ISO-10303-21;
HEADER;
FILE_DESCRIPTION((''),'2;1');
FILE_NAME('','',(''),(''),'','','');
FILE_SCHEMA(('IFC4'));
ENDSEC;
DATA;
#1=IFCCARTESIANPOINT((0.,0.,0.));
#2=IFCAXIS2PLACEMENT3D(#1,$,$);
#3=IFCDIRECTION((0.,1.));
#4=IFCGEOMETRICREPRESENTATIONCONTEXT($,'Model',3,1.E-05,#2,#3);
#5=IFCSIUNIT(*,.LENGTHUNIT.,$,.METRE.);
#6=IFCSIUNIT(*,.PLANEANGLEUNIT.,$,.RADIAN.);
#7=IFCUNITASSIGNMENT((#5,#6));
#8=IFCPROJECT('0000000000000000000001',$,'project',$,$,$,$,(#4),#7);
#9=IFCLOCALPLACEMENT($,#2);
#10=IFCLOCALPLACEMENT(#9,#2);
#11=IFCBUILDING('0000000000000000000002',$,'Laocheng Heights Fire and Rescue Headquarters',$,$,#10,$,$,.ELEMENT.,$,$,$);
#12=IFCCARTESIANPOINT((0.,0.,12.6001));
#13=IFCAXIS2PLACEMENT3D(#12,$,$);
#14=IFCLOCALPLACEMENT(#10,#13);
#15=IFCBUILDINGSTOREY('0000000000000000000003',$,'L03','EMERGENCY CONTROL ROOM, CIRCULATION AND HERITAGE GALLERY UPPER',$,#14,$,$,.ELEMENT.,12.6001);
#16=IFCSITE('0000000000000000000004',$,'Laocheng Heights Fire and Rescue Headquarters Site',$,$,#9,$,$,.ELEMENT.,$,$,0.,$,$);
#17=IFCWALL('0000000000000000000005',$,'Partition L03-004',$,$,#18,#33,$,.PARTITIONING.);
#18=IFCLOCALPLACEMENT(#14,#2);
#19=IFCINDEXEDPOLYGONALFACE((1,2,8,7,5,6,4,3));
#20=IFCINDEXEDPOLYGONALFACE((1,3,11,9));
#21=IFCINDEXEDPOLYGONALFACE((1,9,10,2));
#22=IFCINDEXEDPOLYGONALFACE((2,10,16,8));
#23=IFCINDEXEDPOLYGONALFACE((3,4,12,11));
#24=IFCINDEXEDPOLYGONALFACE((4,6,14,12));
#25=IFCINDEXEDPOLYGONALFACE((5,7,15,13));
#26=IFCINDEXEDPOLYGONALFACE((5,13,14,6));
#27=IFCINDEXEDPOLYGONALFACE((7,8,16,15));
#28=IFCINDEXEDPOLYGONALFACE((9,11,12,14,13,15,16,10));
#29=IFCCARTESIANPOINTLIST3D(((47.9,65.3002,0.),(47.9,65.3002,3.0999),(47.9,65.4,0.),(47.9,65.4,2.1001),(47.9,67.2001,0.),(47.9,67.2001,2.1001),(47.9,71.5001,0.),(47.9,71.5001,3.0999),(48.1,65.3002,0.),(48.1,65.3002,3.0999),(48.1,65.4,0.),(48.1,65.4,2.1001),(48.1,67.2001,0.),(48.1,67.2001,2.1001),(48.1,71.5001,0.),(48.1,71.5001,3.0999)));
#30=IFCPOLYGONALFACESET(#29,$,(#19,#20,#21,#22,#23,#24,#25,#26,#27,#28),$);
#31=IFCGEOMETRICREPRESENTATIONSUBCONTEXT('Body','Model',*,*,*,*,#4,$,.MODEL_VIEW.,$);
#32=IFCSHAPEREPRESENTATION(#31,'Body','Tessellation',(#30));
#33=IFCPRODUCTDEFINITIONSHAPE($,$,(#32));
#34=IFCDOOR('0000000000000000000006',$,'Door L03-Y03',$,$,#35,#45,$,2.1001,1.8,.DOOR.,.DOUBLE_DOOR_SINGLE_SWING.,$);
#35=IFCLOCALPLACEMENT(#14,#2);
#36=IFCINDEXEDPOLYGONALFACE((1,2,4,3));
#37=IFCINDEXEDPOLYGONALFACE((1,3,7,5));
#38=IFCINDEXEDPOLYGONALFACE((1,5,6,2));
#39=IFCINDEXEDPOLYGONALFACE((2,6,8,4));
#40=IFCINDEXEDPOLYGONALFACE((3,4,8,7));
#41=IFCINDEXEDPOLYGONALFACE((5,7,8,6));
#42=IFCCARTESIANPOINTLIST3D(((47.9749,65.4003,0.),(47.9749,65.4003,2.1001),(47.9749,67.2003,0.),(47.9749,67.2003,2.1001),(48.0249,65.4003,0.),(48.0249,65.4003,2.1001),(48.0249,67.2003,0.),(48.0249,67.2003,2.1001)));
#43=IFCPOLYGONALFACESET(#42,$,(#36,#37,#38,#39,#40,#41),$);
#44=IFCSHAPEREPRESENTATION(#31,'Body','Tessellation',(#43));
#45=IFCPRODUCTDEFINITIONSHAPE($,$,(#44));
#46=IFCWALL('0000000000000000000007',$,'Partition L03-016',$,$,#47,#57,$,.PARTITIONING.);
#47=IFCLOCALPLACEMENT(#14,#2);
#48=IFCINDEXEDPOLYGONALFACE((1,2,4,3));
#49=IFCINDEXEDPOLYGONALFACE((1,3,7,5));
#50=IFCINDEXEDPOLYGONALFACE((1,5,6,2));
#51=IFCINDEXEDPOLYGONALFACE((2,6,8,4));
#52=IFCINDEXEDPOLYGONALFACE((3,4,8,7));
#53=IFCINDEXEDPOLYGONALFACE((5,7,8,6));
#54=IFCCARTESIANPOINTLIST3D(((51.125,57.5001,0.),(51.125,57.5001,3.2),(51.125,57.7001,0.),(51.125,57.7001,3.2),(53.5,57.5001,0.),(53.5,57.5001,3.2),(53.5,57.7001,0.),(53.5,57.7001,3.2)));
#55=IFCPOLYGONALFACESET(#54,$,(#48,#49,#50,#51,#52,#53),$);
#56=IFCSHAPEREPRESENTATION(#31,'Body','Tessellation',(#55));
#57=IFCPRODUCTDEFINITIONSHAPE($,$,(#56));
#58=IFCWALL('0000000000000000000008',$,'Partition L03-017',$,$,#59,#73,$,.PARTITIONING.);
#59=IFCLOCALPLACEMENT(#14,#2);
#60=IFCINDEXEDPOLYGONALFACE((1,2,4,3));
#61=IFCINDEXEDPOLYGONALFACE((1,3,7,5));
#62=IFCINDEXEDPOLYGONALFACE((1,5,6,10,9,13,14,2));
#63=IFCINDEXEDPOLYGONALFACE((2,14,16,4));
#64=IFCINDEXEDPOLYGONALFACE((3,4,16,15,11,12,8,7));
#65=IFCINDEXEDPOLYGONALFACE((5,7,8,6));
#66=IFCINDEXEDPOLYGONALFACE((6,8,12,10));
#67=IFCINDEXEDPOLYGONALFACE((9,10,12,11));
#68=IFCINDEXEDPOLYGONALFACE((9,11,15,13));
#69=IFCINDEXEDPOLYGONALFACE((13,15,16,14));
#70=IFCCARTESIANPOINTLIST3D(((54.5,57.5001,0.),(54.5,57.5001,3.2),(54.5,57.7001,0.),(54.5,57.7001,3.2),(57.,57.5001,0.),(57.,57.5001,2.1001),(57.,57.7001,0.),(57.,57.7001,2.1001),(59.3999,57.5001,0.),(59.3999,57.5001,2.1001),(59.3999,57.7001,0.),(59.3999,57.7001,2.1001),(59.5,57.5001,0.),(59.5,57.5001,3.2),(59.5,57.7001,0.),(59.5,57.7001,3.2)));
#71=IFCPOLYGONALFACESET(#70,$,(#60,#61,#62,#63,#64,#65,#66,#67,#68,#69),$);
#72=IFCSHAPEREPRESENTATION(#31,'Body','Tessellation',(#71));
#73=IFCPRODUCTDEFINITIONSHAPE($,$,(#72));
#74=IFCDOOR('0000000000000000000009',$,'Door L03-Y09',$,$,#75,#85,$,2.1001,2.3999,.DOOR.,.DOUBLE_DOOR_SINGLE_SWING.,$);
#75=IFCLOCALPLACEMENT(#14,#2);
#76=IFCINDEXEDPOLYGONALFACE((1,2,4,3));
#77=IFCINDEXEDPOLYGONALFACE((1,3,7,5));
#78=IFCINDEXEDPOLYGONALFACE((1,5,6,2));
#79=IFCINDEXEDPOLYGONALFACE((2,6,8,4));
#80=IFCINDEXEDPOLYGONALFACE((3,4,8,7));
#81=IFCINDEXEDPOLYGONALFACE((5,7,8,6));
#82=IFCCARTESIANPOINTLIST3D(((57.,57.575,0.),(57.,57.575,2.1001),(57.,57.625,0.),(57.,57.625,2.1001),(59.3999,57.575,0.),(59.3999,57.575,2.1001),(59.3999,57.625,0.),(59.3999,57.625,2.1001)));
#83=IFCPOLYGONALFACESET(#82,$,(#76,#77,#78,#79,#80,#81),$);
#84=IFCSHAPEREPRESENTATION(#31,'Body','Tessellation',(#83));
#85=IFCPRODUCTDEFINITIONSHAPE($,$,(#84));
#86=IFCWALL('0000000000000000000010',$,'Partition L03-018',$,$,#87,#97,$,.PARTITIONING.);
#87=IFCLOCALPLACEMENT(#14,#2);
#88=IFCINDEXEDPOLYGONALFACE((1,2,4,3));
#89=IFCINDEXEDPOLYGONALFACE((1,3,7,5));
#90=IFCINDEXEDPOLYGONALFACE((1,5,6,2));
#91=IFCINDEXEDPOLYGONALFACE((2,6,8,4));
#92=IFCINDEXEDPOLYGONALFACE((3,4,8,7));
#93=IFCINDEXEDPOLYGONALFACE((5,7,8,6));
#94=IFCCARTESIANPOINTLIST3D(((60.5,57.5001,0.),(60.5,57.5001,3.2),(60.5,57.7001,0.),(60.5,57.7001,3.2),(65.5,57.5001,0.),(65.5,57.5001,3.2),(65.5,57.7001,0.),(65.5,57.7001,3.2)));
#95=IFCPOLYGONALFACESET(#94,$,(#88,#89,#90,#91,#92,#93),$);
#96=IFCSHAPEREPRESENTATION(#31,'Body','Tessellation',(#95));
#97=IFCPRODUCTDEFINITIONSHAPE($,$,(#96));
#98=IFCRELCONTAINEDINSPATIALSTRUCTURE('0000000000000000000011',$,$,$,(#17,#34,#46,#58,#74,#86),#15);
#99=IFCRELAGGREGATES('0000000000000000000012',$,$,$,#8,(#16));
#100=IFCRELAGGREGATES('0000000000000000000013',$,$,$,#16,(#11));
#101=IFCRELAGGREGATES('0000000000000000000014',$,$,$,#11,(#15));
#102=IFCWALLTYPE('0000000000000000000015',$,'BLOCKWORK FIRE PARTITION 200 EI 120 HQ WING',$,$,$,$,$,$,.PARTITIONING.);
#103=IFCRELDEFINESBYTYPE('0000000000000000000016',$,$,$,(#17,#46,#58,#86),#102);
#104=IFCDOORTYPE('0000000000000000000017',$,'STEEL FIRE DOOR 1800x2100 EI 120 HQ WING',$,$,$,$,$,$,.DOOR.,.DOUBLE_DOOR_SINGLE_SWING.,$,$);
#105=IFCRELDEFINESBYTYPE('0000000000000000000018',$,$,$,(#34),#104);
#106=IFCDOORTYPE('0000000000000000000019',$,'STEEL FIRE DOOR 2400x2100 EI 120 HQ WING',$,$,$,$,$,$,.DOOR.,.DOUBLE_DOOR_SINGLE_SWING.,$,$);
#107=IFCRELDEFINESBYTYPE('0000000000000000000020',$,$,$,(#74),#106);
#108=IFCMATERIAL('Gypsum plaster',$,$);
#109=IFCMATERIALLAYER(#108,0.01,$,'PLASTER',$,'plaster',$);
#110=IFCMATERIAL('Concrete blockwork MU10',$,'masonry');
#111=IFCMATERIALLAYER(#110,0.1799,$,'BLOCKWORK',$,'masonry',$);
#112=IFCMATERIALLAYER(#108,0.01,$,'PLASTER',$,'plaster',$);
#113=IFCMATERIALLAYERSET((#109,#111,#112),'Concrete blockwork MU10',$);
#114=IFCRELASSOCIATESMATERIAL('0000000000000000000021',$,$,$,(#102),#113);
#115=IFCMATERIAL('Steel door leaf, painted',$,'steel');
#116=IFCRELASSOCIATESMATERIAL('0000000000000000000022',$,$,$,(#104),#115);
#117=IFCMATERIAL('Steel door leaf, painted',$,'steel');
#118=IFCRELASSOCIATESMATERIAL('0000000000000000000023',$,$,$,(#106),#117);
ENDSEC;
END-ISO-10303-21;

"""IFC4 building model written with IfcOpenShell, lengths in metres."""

from ifc_helpers import new_model, si_unit, direction, frame, frame_2d, origin, place, context, subcontext, project, spatial, rectangle, extrude, material, layer, layer_set, type_object, element, fill, save


model = new_model("IFC4")

# Units and contexts
model_context = context("Model", 3, precision=1e-05, world=origin(), true_north=direction((0.0, 1.0)))
body_context = subcontext(model_context, "Body", "Model", "MODEL_VIEW")
ifc_project = project(units=[si_unit("LENGTHUNIT", "METRE"), si_unit("PLANEANGLEUNIT", "RADIAN")], contexts=[model_context])

# Site, building, storey
site_placement = place(None, origin())
site = spatial("IfcSite", under=ifc_project, at=site_placement, Name="Laocheng Heights Fire and Rescue Headquarters Site", CompositionType="ELEMENT", RefElevation=0.0)
building_placement = place(site_placement, origin())
building = spatial("IfcBuilding", under=site, at=building_placement, Name="Laocheng Heights Fire and Rescue Headquarters", CompositionType="ELEMENT")
storey_placement = place(building_placement, frame((0.0, 0.0, 12.6001)))
storey = spatial("IfcBuildingStorey", under=building, at=storey_placement, Name="L03", Description="EMERGENCY CONTROL ROOM, CIRCULATION AND HERITAGE GALLERY UPPER", CompositionType="ELEMENT", Elevation=12.6001)

# Wall, opening, door
ifc_material_1 = material(Name="Gypsum plaster")
ifc_layer_1 = layer(ifc_material_1, 0.01, Name="PLASTER", Category="plaster")
ifc_material_2 = material(Name="Concrete blockwork MU10", Category="masonry")
ifc_layer_2 = layer(ifc_material_2, 0.1799, Name="BLOCKWORK", Category="masonry")
ifc_layer_3 = layer(ifc_material_1, 0.01, Name="PLASTER", Category="plaster")
ifc_layer_set_1 = layer_set([ifc_layer_1, ifc_layer_2, ifc_layer_3], Name="Concrete blockwork MU10")
wall_type_1 = type_object("IfcWallType", Name="BLOCKWORK FIRE PARTITION 200 EI 120 HQ WING", PredefinedType="PARTITIONING", material=ifc_layer_set_1)
wall_1_placement = place(storey_placement, frame((48.0, 65.3, 0.0), z_axis=(0.0, 0.0, 1.0), x_axis=(0.0, 1.0, 0.0)))
wall_1 = element("IfcWall", 1, at=wall_1_placement, inside=storey, type_object=wall_type_1, Name="Partition L03-004", PredefinedType="PARTITIONING", context=body_context, shape_type="SweptSolid", body=[
    extrude(rectangle(XDim=6.2, YDim=0.2, at=frame_2d((3.1001, 0.0))), origin(), (0.0, 0.0, 1.0), 3.0999),
])
opening_1_placement = place(wall_1_placement, frame((0.1001, 0.0, 0.0)))
opening_1 = element("IfcOpeningElement", 2, at=opening_1_placement, cuts=wall_1, PredefinedType="OPENING", context=body_context, shape_type="SweptSolid", body=[
    extrude(rectangle(XDim=1.8, YDim=2.1001, at=frame_2d((0.8999, 1.05))), frame((0.0, 0.1099, 0.0), z_axis=(0.0, -1.0, 0.0), x_axis=(1.0, 0.0, 0.0)), (0.0, 0.0, 1.0), 0.22),
])
ifc_material_3 = material(Name="Steel door leaf, painted", Category="steel")
door_type_1 = type_object("IfcDoorType", Name="STEEL FIRE DOOR 1800x2100 EI 120 HQ WING", OperationType="DOUBLE_DOOR_SINGLE_SWING", PredefinedType="DOOR", material=ifc_material_3)
door_1_placement = place(opening_1_placement, frame((1.8, 0.0, 0.0), z_axis=(0.0, 0.0, 1.0), x_axis=(-1.0, 0.0, 0.0)))
door_1 = element("IfcDoor", 3, at=door_1_placement, inside=storey, type_object=door_type_1, Name="Door L03-Y03", OperationType="DOUBLE_DOOR_SINGLE_SWING", OverallHeight=2.1001, OverallWidth=1.8, PredefinedType="DOOR", context=body_context, shape_type="SweptSolid", body=[
    extrude(rectangle(XDim=1.8, YDim=2.1001, at=frame_2d((0.8999, 1.05))), frame((0.0, 0.0249, 0.0), z_axis=(0.0, -1.0, 0.0), x_axis=(1.0, 0.0, 0.0)), (0.0, 0.0, 1.0), 0.05),
])
fill(opening_1, door_1)

# Wall
wall_2_placement = place(storey_placement, frame((51.125, 57.6001, 0.0), z_axis=(0.0, 0.0, 1.0), x_axis=(1.0, 0.0, 0.0)))
element("IfcWall", 4, at=wall_2_placement, inside=storey, type_object=wall_type_1, Name="Partition L03-016", PredefinedType="PARTITIONING", context=body_context, shape_type="SweptSolid", body=[
    extrude(rectangle(XDim=2.375, YDim=0.2, at=frame_2d((1.1875, 0.0))), origin(), (0.0, 0.0, 1.0), 3.2),
])

# Wall, opening, door
wall_3_placement = place(storey_placement, frame((54.5, 57.6001, 0.0), z_axis=(0.0, 0.0, 1.0), x_axis=(1.0, 0.0, 0.0)))
wall_3 = element("IfcWall", 5, at=wall_3_placement, inside=storey, type_object=wall_type_1, Name="Partition L03-017", PredefinedType="PARTITIONING", context=body_context, shape_type="SweptSolid", body=[
    extrude(rectangle(XDim=5.0, YDim=0.2, at=frame_2d((2.5, 0.0))), origin(), (0.0, 0.0, 1.0), 3.2),
])
opening_2_placement = place(wall_3_placement, frame((2.5, 0.0, 0.0)))
opening_2 = element("IfcOpeningElement", 6, at=opening_2_placement, cuts=wall_3, PredefinedType="OPENING", context=body_context, shape_type="SweptSolid", body=[
    extrude(rectangle(XDim=2.3999, YDim=2.1001, at=frame_2d((1.2, 1.05))), frame((0.0, 0.1099, 0.0), z_axis=(0.0, -1.0, 0.0), x_axis=(1.0, 0.0, 0.0)), (0.0, 0.0, 1.0), 0.22),
])
ifc_material_4 = material(Name="Steel door leaf, painted", Category="steel")
door_type_2 = type_object("IfcDoorType", Name="STEEL FIRE DOOR 2400x2100 EI 120 HQ WING", OperationType="DOUBLE_DOOR_SINGLE_SWING", PredefinedType="DOOR", material=ifc_material_4)
door_2_placement = place(opening_2_placement, origin())
door_2 = element("IfcDoor", 7, at=door_2_placement, inside=storey, type_object=door_type_2, Name="Door L03-Y09", OperationType="DOUBLE_DOOR_SINGLE_SWING", OverallHeight=2.1001, OverallWidth=2.3999, PredefinedType="DOOR", context=body_context, shape_type="SweptSolid", body=[
    extrude(rectangle(XDim=2.3999, YDim=2.1001, at=frame_2d((1.2, 1.05))), frame((0.0, 0.0249, 0.0), z_axis=(0.0, -1.0, 0.0), x_axis=(1.0, 0.0, 0.0)), (0.0, 0.0, 1.0), 0.05),
])
fill(opening_2, door_2)

# Wall
wall_4_placement = place(storey_placement, frame((60.5, 57.6001, 0.0), z_axis=(0.0, 0.0, 1.0), x_axis=(1.0, 0.0, 0.0)))
element("IfcWall", 8, at=wall_4_placement, inside=storey, type_object=wall_type_1, Name="Partition L03-018", PredefinedType="PARTITIONING", context=body_context, shape_type="SweptSolid", body=[
    extrude(rectangle(XDim=5.0, YDim=0.2, at=frame_2d((2.5, 0.0))), origin(), (0.0, 0.0, 1.0), 3.2),
])

save(model, "model.ifc")
